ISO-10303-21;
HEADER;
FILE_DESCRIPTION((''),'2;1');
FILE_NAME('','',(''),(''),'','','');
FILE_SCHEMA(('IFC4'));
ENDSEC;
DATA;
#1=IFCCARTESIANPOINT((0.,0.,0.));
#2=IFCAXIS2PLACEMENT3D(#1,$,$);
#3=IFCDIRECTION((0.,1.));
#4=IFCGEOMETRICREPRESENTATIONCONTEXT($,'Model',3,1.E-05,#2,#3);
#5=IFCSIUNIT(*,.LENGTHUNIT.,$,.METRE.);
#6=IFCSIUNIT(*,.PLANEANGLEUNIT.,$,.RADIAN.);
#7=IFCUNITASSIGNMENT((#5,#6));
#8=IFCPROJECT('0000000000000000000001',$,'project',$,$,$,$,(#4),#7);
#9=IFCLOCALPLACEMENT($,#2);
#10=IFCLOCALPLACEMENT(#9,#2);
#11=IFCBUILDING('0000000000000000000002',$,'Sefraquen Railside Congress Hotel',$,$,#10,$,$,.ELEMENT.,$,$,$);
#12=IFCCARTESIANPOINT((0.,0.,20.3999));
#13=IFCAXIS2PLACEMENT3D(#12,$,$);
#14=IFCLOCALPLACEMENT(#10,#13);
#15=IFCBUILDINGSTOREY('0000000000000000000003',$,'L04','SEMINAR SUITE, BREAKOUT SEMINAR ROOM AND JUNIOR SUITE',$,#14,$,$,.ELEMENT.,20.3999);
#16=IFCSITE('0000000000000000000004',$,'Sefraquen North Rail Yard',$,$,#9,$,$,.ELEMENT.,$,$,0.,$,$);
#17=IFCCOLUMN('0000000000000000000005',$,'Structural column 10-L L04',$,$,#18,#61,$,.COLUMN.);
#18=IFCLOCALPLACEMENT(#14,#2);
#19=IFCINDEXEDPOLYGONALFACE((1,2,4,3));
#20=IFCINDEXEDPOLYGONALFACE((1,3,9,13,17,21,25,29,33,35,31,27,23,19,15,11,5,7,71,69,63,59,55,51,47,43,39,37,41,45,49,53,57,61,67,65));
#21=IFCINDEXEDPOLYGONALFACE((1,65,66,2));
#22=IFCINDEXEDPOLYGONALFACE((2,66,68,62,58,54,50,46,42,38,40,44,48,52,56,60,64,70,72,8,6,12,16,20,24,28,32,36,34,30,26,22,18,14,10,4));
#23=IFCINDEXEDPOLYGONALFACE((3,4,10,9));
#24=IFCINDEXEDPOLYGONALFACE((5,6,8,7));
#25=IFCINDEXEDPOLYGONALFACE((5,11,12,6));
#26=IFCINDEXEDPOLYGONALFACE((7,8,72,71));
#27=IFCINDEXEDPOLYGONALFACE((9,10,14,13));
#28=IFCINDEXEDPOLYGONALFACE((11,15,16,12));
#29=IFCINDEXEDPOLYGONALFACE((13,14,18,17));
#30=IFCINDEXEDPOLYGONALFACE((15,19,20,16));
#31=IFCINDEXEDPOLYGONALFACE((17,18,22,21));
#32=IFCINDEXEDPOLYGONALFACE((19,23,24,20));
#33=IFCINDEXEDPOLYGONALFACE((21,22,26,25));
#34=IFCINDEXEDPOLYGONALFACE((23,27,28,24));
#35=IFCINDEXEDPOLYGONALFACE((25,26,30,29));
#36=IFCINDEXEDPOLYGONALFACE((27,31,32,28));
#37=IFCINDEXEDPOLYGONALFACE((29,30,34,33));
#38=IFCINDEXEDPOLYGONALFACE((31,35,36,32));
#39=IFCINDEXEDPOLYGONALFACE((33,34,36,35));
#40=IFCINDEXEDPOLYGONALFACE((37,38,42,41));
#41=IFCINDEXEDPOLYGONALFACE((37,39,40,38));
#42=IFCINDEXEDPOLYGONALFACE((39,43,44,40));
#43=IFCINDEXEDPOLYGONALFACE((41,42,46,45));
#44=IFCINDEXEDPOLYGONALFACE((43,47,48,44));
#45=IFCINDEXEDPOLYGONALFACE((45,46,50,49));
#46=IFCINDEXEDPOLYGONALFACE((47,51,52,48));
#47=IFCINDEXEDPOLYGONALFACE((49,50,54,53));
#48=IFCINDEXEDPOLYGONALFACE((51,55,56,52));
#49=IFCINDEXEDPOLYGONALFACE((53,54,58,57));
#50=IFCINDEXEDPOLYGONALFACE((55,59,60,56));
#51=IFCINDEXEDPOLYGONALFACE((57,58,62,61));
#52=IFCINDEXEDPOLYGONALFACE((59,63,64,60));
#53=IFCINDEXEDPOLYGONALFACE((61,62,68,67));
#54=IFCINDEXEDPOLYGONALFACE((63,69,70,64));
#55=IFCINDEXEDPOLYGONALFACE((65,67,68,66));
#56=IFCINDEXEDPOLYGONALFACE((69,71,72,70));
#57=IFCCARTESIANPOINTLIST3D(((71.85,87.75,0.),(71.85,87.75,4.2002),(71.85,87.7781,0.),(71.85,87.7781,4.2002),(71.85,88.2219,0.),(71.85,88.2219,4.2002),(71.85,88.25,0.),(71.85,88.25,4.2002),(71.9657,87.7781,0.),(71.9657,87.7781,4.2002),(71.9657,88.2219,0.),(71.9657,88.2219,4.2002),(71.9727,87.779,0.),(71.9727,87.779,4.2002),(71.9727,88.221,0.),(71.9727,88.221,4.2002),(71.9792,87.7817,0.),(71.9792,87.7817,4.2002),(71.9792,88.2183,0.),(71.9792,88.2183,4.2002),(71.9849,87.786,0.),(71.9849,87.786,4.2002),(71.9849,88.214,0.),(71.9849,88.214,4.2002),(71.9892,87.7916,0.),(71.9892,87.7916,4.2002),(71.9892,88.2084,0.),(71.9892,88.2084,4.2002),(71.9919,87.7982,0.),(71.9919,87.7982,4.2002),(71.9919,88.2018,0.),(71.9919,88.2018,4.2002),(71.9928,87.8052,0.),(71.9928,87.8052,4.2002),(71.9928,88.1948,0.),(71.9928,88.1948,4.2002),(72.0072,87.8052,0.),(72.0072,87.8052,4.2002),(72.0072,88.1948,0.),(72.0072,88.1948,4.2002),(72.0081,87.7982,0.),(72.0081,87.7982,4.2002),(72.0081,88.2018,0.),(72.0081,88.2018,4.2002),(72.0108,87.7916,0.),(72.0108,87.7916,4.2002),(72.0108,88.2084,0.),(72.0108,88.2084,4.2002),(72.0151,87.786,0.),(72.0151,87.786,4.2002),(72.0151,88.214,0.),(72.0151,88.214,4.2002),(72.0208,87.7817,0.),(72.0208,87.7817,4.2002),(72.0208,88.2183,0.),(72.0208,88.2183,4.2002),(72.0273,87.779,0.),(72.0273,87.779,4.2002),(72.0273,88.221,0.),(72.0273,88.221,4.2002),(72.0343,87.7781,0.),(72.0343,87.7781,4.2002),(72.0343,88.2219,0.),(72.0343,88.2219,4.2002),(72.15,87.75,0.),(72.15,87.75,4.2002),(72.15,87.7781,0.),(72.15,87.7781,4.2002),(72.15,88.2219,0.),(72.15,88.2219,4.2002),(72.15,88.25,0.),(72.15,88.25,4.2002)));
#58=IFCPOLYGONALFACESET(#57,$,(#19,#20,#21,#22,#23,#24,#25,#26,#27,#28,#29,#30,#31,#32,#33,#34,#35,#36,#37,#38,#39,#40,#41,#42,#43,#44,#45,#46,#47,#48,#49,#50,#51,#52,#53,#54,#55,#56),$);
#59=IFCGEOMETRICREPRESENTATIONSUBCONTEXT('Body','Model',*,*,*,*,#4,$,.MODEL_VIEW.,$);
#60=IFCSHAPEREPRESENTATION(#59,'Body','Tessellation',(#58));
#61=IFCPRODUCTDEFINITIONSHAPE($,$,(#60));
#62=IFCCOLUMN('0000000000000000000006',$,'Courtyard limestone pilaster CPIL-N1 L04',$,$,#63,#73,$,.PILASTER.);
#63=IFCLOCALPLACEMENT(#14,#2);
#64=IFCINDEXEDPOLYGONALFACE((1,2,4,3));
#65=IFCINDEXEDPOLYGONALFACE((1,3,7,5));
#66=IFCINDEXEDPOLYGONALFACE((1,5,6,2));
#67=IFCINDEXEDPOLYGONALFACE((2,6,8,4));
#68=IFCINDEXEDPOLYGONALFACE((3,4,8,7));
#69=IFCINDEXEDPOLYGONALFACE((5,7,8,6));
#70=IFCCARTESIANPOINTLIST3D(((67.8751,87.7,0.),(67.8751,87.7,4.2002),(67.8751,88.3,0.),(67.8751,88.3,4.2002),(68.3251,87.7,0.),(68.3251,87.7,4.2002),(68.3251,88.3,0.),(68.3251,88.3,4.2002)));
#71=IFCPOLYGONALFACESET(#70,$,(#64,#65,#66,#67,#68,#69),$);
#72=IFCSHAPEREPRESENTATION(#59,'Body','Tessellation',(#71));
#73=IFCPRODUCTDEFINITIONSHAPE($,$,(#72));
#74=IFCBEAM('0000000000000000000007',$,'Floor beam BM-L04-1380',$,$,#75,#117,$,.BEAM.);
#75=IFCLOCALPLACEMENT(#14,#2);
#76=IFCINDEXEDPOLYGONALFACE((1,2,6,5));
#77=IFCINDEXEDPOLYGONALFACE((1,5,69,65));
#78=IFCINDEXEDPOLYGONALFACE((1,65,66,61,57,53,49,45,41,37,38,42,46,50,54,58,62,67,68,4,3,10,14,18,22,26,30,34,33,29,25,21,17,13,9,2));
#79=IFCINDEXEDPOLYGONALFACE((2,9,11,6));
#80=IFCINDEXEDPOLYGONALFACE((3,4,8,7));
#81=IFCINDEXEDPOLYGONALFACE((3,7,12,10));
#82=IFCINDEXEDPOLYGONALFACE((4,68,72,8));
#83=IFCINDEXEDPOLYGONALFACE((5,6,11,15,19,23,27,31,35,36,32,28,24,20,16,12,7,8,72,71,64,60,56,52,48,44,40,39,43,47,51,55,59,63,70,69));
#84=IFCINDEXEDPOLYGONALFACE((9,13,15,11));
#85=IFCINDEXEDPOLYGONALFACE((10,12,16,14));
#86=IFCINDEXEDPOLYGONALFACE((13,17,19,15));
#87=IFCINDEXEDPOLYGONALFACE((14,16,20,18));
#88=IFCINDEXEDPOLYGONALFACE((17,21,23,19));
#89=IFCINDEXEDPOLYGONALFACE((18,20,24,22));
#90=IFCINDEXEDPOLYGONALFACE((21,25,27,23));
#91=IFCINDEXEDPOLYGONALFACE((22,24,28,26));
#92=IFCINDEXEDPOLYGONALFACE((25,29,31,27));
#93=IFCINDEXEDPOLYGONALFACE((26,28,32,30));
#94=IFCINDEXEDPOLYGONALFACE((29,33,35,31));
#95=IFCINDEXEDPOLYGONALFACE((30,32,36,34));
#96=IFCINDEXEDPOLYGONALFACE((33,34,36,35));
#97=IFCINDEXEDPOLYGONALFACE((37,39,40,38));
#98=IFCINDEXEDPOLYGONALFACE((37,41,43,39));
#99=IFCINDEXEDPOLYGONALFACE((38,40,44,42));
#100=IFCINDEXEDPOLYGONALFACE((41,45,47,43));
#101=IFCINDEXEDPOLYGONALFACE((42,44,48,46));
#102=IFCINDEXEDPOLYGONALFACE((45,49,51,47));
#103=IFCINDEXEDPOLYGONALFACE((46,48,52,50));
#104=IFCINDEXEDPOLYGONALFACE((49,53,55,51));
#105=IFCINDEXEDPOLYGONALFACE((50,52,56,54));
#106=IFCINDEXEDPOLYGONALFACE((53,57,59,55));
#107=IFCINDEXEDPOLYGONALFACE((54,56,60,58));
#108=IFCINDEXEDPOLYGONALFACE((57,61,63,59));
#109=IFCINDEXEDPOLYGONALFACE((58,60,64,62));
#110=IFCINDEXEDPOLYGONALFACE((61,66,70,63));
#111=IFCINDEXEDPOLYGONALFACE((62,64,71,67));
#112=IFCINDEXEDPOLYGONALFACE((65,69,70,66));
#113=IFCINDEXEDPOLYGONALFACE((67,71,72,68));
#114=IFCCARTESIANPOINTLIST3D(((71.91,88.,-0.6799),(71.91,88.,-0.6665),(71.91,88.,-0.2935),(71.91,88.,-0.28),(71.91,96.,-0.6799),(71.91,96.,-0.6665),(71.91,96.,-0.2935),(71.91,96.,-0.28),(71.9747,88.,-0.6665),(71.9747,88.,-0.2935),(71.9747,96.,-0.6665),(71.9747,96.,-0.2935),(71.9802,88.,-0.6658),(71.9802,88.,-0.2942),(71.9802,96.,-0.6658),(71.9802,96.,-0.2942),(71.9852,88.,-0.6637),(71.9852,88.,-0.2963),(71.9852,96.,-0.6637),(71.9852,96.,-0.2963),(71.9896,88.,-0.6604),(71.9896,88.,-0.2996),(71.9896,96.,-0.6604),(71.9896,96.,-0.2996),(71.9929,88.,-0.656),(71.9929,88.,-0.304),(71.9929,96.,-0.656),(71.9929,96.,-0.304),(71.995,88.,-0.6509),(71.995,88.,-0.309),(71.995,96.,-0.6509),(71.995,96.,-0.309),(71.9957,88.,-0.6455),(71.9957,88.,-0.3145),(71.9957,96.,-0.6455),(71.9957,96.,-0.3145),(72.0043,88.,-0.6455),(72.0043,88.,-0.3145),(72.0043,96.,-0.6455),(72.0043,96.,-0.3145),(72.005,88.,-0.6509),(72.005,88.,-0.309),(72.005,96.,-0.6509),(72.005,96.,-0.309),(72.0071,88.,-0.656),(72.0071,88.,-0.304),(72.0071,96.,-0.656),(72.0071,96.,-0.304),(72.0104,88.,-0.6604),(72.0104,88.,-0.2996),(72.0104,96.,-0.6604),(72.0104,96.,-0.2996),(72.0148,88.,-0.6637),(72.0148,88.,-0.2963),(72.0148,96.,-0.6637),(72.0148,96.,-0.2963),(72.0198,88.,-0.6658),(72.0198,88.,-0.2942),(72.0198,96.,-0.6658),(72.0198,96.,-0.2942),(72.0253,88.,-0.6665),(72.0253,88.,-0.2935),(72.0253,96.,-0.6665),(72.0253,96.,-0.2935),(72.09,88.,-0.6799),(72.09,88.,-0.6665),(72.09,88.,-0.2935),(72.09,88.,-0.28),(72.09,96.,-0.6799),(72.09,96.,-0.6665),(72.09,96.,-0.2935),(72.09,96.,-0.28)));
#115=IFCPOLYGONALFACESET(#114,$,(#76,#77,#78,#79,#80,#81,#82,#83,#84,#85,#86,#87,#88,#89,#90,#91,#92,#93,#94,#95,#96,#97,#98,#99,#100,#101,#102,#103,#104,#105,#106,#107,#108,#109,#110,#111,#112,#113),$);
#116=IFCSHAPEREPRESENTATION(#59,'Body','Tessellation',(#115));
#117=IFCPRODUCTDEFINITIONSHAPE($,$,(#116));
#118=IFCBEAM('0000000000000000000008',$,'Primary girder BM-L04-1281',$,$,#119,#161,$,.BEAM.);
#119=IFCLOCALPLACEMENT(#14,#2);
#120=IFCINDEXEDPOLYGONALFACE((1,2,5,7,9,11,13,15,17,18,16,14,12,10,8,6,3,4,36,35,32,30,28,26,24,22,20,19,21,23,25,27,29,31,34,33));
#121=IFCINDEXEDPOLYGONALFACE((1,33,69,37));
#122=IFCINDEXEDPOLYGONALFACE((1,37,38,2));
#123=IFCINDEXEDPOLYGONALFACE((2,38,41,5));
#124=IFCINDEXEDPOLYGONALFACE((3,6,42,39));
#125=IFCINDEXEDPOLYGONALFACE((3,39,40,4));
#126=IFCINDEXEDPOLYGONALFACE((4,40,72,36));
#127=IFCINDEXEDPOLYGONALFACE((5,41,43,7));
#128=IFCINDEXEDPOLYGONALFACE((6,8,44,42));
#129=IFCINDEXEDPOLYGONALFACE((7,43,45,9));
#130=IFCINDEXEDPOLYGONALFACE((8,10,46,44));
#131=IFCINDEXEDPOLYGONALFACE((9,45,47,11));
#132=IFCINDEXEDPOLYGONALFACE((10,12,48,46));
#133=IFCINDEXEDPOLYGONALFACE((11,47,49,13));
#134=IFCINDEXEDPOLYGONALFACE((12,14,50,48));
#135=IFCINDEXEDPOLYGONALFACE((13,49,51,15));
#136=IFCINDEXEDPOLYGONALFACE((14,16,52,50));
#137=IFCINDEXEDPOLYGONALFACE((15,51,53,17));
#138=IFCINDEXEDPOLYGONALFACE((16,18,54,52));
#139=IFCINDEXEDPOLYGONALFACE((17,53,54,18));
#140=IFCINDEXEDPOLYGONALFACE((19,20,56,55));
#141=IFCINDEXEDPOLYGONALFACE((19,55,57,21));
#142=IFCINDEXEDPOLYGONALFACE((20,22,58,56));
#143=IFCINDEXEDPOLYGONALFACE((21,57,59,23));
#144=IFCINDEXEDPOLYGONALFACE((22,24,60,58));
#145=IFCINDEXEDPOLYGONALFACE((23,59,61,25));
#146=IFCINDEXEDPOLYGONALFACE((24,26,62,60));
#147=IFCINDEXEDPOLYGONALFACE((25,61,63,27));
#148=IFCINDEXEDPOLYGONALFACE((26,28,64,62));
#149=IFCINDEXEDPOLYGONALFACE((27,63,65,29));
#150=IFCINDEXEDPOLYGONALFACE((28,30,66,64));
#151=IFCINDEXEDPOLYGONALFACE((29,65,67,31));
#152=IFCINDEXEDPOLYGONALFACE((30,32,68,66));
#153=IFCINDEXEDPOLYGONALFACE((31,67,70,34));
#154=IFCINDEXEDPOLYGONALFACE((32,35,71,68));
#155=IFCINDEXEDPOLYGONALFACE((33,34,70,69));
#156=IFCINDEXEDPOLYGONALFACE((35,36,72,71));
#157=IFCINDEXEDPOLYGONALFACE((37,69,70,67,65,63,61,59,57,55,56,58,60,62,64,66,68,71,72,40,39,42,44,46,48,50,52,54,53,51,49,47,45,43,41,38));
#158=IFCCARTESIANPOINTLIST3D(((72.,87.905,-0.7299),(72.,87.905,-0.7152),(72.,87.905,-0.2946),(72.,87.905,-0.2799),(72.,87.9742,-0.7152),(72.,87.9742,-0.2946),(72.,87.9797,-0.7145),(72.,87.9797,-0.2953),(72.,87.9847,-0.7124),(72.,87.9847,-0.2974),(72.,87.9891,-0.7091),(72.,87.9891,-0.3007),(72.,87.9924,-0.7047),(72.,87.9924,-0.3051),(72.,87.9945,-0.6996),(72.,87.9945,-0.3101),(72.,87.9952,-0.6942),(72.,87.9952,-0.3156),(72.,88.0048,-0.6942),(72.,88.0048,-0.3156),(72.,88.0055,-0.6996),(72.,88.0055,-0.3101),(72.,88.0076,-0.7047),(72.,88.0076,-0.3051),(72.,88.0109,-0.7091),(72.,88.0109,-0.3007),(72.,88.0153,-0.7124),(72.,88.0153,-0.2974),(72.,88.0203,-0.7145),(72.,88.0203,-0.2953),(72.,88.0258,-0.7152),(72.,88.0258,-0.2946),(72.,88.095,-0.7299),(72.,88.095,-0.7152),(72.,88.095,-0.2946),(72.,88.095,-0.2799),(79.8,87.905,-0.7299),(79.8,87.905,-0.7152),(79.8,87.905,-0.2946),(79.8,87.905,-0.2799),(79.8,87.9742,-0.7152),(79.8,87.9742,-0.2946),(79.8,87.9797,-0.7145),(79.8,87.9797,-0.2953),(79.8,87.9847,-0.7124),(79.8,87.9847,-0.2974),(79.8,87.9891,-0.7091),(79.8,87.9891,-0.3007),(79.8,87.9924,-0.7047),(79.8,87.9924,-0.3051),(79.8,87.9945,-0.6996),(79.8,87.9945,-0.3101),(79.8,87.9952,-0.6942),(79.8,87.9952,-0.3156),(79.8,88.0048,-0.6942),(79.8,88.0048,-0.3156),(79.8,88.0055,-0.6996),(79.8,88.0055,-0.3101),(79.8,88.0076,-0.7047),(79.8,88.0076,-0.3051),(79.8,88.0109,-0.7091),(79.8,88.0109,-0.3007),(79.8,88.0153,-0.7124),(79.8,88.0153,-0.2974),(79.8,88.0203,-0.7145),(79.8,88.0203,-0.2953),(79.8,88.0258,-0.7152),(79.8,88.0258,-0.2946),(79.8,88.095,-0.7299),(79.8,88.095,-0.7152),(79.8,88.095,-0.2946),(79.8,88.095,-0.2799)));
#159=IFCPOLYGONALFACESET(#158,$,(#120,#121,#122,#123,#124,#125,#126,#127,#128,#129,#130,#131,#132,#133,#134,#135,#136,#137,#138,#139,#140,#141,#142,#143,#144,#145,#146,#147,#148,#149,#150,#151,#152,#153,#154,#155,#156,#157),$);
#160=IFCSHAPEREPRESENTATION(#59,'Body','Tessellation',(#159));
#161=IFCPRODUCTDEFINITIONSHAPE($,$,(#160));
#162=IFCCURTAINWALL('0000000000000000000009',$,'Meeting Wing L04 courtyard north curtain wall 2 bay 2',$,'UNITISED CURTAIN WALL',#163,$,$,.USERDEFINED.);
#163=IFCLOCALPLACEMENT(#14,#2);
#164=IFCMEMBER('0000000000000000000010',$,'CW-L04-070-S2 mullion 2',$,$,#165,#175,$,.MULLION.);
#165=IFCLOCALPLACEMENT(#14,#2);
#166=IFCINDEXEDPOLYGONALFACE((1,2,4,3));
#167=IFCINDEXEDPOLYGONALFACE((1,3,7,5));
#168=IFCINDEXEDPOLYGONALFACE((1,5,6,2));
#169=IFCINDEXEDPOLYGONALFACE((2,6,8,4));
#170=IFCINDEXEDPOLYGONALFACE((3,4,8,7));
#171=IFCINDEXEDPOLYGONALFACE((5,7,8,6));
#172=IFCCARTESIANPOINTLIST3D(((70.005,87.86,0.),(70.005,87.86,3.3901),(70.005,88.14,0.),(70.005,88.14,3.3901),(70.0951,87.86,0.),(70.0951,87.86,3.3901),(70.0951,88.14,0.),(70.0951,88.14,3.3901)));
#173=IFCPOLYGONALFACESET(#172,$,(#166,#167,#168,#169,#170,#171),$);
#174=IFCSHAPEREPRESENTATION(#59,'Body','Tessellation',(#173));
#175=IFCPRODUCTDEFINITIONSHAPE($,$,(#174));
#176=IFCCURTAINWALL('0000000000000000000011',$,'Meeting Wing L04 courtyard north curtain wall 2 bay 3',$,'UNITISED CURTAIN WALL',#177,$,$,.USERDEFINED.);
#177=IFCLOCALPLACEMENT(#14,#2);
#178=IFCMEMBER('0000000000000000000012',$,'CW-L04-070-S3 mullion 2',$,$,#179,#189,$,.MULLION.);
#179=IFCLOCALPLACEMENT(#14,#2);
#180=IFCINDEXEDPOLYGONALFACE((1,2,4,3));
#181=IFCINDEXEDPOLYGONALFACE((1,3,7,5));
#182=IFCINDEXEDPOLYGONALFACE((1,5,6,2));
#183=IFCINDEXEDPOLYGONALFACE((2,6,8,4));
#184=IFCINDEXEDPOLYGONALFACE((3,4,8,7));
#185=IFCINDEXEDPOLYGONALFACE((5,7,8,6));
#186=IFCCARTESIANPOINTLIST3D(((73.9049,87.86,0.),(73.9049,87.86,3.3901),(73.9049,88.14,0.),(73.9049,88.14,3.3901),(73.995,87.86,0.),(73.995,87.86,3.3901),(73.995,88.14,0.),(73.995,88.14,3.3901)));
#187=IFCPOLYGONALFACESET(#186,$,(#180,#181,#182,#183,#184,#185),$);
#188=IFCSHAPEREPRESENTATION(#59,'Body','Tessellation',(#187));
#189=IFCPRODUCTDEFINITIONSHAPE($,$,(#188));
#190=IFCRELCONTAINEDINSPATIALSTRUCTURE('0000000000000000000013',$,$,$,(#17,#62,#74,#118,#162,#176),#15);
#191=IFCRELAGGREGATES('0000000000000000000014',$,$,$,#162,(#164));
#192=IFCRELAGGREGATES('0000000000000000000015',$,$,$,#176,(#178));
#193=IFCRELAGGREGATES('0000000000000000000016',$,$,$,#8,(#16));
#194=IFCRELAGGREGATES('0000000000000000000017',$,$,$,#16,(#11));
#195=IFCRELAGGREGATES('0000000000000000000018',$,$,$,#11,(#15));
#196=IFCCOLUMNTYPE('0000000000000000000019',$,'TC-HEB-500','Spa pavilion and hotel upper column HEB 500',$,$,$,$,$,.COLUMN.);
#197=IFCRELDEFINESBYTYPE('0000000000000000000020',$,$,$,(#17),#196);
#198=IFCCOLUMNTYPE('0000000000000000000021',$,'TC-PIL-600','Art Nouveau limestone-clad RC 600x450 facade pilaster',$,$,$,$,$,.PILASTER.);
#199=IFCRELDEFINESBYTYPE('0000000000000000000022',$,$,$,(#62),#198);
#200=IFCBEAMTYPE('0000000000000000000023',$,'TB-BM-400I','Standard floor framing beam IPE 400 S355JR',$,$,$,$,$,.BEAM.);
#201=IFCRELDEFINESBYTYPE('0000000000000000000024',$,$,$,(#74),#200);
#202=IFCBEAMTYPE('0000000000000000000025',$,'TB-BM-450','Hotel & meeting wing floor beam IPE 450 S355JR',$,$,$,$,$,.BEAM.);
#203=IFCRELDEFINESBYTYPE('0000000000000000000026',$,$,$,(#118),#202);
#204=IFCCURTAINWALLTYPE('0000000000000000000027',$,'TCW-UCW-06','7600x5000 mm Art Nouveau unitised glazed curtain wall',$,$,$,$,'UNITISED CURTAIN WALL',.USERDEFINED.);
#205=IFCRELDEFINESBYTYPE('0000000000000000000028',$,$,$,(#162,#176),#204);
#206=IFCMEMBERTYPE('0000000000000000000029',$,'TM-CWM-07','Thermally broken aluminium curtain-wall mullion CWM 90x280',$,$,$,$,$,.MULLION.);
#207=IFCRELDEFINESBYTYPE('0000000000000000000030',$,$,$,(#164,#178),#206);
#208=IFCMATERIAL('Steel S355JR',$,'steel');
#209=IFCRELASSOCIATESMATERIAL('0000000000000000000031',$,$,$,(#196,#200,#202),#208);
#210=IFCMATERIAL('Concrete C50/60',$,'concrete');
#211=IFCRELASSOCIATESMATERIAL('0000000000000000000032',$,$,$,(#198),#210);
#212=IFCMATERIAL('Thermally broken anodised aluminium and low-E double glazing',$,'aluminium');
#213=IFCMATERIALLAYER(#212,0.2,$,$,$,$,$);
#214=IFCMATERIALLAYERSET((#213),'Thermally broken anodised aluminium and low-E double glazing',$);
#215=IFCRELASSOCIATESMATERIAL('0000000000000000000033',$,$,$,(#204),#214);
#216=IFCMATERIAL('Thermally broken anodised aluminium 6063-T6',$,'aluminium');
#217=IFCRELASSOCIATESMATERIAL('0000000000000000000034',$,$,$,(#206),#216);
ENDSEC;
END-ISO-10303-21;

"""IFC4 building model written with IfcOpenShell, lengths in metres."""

from ifc_helpers import new_model, si_unit, direction, frame, origin, origin_2d, place, context, subcontext, project, spatial, rectangle, i_section, extrude, material, layer, layer_set, material_profile, profile_set, type_object, element, aggregate, save


model = new_model("IFC4")

# Units and contexts
model_context = context("Model", 3, precision=1e-05, world=origin(), true_north=direction((0.0, 1.0)))
body_context = subcontext(model_context, "Body", "Model", "MODEL_VIEW")
ifc_project = project(units=[si_unit("LENGTHUNIT", "METRE"), si_unit("PLANEANGLEUNIT", "RADIAN")], contexts=[model_context])

# Site, building, storey
site_placement = place(None, origin())
site = spatial("IfcSite", under=ifc_project, at=site_placement, Name="Sefraquen North Rail Yard", CompositionType="ELEMENT", RefElevation=0.0)
building_placement = place(site_placement, origin())
building = spatial("IfcBuilding", under=site, at=building_placement, Name="Sefraquen Railside Congress Hotel", CompositionType="ELEMENT")
storey_placement = place(building_placement, frame((0.0, 0.0, 20.3999)))
storey = spatial("IfcBuildingStorey", under=building, at=storey_placement, Name="L04", Description="SEMINAR SUITE, BREAKOUT SEMINAR ROOM AND JUNIOR SUITE", CompositionType="ELEMENT", Elevation=20.3999)

# Columns
ifc_material_1 = material(Name="Steel S355JR", Category="steel")
ifc_material_profile_1 = material_profile(ifc_material_1, i_section(OverallWidth=0.3, OverallDepth=0.5, WebThickness=0.0144, FlangeThickness=0.0281, FilletRadius=0.0271, at=origin_2d()), Name="HEB 500")
ifc_profile_set_1 = profile_set([ifc_material_profile_1], Name="Steel S355JR")
column_type_1 = type_object("IfcColumnType", Name="TC-HEB-500", Description="Spa pavilion and hotel upper column HEB 500", PredefinedType="COLUMN", material=ifc_profile_set_1)
column_1_placement = place(storey_placement, frame((72.0, 88.0, 0.0), z_axis=(0.0, 0.0, 1.0), x_axis=(1.0, 0.0, 0.0)))
element("IfcColumn", 1, at=column_1_placement, inside=storey, type_object=column_type_1, Name="Structural column 10-L L04", PredefinedType="COLUMN", context=body_context, shape_type="SweptSolid", body=[
    extrude(i_section(OverallWidth=0.3, OverallDepth=0.5, WebThickness=0.0144, FlangeThickness=0.0281, FilletRadius=0.0271, at=origin_2d()), origin(), (0.0, 0.0, 1.0), 4.2002),
])
ifc_material_2 = material(Name="Concrete C50/60", Category="concrete")
ifc_material_profile_2 = material_profile(ifc_material_2, rectangle(XDim=0.45, YDim=0.6001, at=origin_2d()), Name="RC 600x450")
ifc_profile_set_2 = profile_set([ifc_material_profile_2], Name="Concrete C50/60")
column_type_2 = type_object("IfcColumnType", Name="TC-PIL-600", Description="Art Nouveau limestone-clad RC 600x450 facade pilaster", PredefinedType="PILASTER", material=ifc_profile_set_2)
column_2_placement = place(storey_placement, frame((68.1001, 88.0, 0.0), z_axis=(0.0, 0.0, 1.0), x_axis=(1.0, 0.0, 0.0)))
element("IfcColumn", 2, at=column_2_placement, inside=storey, type_object=column_type_2, Name="Courtyard limestone pilaster CPIL-N1 L04", PredefinedType="PILASTER", context=body_context, shape_type="SweptSolid", body=[
    extrude(rectangle(XDim=0.45, YDim=0.6001, at=origin_2d()), origin(), (0.0, 0.0, 1.0), 4.2002),
])

# Beams
ifc_material_profile_3 = material_profile(ifc_material_1, i_section(OverallWidth=0.1799, OverallDepth=0.3999, WebThickness=0.0085, FlangeThickness=0.0134, FilletRadius=0.021, at=origin_2d()), Name="IPE 400")
ifc_profile_set_3 = profile_set([ifc_material_profile_3], Name="Steel S355JR")
beam_type_1 = type_object("IfcBeamType", Name="TB-BM-400I", Description="Standard floor framing beam IPE 400 S355JR", PredefinedType="BEAM", material=ifc_profile_set_3)
beam_1_placement = place(storey_placement, frame((72.0, 88.0, -0.48), z_axis=(0.0, 1.0, 0.0), x_axis=(-1.0, 0.0, 0.0)))
element("IfcBeam", 3, at=beam_1_placement, inside=storey, type_object=beam_type_1, Name="Floor beam BM-L04-1380", PredefinedType="BEAM", context=body_context, shape_type="SweptSolid", body=[
    extrude(i_section(OverallWidth=0.1799, OverallDepth=0.3999, WebThickness=0.0085, FlangeThickness=0.0134, FilletRadius=0.021, at=origin_2d()), origin(), (0.0, 0.0, 1.0), 8.0),
])
ifc_material_profile_4 = material_profile(ifc_material_1, i_section(OverallWidth=0.1899, OverallDepth=0.45, WebThickness=0.0095, FlangeThickness=0.0146, FilletRadius=0.021, at=origin_2d()), Name="IPE 450")
ifc_profile_set_4 = profile_set([ifc_material_profile_4], Name="Steel S355JR")
beam_type_2 = type_object("IfcBeamType", Name="TB-BM-450", Description="Hotel & meeting wing floor beam IPE 450 S355JR", PredefinedType="BEAM", material=ifc_profile_set_4)
beam_2_placement = place(storey_placement, frame((72.0, 88.0, -0.5049), z_axis=(1.0, 0.0, 0.0), x_axis=(0.0, 1.0, 0.0)))
element("IfcBeam", 4, at=beam_2_placement, inside=storey, type_object=beam_type_2, Name="Primary girder BM-L04-1281", PredefinedType="BEAM", context=body_context, shape_type="SweptSolid", body=[
    extrude(i_section(OverallWidth=0.1899, OverallDepth=0.45, WebThickness=0.0095, FlangeThickness=0.0146, FilletRadius=0.021, at=origin_2d()), origin(), (0.0, 0.0, 1.0), 7.8),
])

# Curtain walls, members
ifc_material_3 = material(Name="Thermally broken anodised aluminium and low-E double glazing", Category="aluminium")
ifc_layer_1 = layer(ifc_material_3, 0.2)
ifc_layer_set_1 = layer_set([ifc_layer_1], Name="Thermally broken anodised aluminium and low-E double glazing")
curtain_wall_type = type_object("IfcCurtainWallType", Name="TCW-UCW-06", Description="7600x5000 mm Art Nouveau unitised glazed curtain wall", ElementType="UNITISED CURTAIN WALL", PredefinedType="USERDEFINED", material=ifc_layer_set_1)
curtain_wall_1_placement = place(storey_placement, origin())
curtain_wall_1 = element("IfcCurtainWall", 5, at=curtain_wall_1_placement, inside=storey, type_object=curtain_wall_type, Name="Meeting Wing L04 courtyard north curtain wall 2 bay 2", ObjectType="UNITISED CURTAIN WALL", PredefinedType="USERDEFINED")
ifc_material_4 = material(Name="Thermally broken anodised aluminium 6063-T6", Category="aluminium")
ifc_material_profile_5 = material_profile(ifc_material_4, rectangle(XDim=0.0901, YDim=0.28, at=origin_2d()), Name="CWM 90x280")
ifc_profile_set_5 = profile_set([ifc_material_profile_5], Name="Thermally broken anodised aluminium 6063-T6")
member_type_1 = type_object("IfcMemberType", Name="TM-CWM-07", Description="Thermally broken aluminium curtain-wall mullion CWM 90x280", PredefinedType="MULLION", material=ifc_profile_set_5)
member_1_placement = place(storey_placement, frame((70.05, 88.0, 0.0), z_axis=(0.0, 0.0, 1.0), x_axis=(1.0, 0.0, 0.0)))
member_1 = element("IfcMember", 6, at=member_1_placement, type_object=member_type_1, Name="CW-L04-070-S2 mullion 2", PredefinedType="MULLION", context=body_context, shape_type="SweptSolid", body=[
    extrude(rectangle(XDim=0.0901, YDim=0.28, at=origin_2d()), origin(), (0.0, 0.0, 1.0), 3.3901),
])
curtain_wall_2_placement = place(storey_placement, origin())
curtain_wall_2 = element("IfcCurtainWall", 7, at=curtain_wall_2_placement, inside=storey, type_object=curtain_wall_type, Name="Meeting Wing L04 courtyard north curtain wall 2 bay 3", ObjectType="UNITISED CURTAIN WALL", PredefinedType="USERDEFINED")
member_2_placement = place(storey_placement, frame((73.95, 88.0, 0.0), z_axis=(0.0, 0.0, 1.0), x_axis=(1.0, 0.0, 0.0)))
member_2 = element("IfcMember", 8, at=member_2_placement, type_object=member_type_1, Name="CW-L04-070-S3 mullion 2", PredefinedType="MULLION", context=body_context, shape_type="SweptSolid", body=[
    extrude(rectangle(XDim=0.0901, YDim=0.28, at=origin_2d()), origin(), (0.0, 0.0, 1.0), 3.3901),
])

aggregate(curtain_wall_1, [member_1])
aggregate(curtain_wall_2, [member_2])

save(model, "model.ifc")
